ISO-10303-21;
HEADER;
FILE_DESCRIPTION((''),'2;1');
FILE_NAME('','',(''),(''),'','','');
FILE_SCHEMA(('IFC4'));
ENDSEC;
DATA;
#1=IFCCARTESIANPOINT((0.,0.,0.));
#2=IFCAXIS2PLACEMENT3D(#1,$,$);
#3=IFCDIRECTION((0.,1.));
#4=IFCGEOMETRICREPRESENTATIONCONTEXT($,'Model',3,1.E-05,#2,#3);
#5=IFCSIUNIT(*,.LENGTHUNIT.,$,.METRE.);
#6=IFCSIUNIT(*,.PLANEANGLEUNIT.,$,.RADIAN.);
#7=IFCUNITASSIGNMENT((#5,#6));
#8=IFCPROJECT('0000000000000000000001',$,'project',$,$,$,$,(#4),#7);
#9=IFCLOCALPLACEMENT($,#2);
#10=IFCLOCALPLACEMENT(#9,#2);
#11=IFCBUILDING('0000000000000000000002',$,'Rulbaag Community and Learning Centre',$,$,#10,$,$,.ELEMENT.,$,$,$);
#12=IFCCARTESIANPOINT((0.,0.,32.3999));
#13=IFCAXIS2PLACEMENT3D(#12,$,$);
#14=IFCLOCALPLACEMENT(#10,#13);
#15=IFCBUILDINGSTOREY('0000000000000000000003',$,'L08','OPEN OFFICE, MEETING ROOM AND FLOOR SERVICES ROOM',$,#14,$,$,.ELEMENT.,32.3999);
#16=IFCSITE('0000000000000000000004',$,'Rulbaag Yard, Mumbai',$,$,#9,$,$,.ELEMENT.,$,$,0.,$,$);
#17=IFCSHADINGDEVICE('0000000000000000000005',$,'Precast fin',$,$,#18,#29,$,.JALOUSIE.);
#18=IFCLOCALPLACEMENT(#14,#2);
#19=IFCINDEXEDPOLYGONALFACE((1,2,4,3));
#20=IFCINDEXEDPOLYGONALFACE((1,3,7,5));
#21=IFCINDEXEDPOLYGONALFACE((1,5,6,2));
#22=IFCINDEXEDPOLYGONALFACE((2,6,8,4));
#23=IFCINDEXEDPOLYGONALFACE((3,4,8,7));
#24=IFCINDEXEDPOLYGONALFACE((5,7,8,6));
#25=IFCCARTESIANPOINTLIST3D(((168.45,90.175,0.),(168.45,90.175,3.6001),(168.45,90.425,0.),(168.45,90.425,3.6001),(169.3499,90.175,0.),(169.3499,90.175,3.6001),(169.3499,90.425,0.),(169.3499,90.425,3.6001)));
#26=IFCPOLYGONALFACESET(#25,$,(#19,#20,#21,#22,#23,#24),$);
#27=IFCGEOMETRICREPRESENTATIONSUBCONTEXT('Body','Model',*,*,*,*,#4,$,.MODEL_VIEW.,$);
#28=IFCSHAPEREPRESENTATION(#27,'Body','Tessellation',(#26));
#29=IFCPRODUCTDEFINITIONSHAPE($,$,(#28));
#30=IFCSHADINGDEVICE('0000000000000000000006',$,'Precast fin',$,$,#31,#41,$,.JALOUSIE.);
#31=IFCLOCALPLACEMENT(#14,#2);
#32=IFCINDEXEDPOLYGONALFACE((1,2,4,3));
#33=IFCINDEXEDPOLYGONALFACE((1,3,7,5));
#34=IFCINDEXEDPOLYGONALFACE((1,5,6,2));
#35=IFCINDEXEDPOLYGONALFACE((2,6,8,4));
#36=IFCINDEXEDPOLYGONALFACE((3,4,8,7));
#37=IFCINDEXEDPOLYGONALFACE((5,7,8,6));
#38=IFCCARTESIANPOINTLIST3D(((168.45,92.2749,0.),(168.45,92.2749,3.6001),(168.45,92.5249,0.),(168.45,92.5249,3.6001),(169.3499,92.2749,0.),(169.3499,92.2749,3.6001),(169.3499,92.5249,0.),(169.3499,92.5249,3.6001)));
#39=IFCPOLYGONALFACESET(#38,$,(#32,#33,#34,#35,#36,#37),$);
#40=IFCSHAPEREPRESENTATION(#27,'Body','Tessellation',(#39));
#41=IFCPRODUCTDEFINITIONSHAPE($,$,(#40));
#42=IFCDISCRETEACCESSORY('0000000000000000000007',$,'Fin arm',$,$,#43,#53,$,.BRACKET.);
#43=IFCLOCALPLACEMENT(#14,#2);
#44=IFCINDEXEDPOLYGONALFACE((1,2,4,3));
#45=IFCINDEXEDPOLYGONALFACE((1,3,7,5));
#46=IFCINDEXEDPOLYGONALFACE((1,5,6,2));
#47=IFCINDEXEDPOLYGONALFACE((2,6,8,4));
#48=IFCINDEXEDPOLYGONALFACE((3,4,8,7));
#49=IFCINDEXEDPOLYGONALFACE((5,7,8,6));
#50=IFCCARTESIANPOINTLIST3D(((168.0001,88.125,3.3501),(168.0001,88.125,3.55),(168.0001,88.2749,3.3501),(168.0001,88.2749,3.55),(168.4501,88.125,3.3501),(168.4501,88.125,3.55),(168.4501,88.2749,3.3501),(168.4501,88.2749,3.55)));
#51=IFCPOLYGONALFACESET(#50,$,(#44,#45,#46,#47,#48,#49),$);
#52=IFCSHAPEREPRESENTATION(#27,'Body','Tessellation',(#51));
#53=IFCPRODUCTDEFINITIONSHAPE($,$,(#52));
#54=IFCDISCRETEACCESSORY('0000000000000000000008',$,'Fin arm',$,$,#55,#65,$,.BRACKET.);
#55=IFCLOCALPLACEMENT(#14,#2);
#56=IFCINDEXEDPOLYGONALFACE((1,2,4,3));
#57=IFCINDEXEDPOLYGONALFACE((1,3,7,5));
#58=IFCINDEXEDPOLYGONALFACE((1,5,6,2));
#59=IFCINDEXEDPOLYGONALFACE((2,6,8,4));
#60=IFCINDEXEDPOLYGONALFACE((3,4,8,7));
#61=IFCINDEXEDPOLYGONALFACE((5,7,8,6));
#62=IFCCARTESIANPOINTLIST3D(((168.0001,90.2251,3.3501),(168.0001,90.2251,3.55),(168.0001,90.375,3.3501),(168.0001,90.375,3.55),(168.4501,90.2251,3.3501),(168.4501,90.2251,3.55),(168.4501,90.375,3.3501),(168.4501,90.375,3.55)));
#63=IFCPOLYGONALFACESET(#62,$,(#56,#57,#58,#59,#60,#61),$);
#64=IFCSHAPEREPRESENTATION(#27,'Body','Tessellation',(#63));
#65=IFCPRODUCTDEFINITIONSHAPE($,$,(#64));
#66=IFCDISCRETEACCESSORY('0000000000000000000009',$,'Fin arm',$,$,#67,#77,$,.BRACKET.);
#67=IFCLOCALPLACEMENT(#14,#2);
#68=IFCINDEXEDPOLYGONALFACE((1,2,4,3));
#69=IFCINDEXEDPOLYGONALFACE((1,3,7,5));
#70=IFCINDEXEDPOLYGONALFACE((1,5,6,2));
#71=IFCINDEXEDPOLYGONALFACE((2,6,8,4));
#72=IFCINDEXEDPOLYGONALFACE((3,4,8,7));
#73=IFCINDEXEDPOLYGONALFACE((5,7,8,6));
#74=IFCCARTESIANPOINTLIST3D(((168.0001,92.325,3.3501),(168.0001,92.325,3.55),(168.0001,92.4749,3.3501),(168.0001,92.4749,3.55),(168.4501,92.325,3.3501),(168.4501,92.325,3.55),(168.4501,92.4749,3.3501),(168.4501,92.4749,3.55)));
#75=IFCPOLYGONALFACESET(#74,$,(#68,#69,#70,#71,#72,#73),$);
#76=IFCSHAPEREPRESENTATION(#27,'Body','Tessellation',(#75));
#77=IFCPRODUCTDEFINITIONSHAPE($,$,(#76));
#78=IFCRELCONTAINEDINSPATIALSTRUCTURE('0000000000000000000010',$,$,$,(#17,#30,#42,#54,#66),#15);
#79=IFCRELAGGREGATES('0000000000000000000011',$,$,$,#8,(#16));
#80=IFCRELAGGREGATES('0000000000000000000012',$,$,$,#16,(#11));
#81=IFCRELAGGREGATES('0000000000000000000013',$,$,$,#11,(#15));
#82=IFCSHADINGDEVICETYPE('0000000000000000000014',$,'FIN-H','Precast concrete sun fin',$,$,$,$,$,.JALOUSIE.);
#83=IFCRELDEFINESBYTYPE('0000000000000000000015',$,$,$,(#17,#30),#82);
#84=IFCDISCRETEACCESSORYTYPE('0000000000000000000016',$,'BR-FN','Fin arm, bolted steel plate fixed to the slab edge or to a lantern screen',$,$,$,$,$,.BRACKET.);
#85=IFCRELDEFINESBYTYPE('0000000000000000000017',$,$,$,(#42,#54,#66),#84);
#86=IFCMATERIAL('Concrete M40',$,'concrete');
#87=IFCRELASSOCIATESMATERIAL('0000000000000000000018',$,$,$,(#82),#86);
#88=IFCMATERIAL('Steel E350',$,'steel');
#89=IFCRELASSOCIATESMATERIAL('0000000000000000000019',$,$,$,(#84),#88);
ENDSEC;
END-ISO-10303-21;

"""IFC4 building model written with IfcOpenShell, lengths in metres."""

from ifc_helpers import new_model, si_unit, direction, frame, origin, origin_2d, place, context, subcontext, project, spatial, rectangle, extrude, material, material_profile, profile_set, type_object, element, save


model = new_model("IFC4")

# Units and contexts
model_context = context("Model", 3, precision=1e-05, world=origin(), true_north=direction((0.0, 1.0)))
body_context = subcontext(model_context, "Body", "Model", "MODEL_VIEW")
ifc_project = project(units=[si_unit("LENGTHUNIT", "METRE"), si_unit("PLANEANGLEUNIT", "RADIAN")], contexts=[model_context])

# Site, building, storey
site_placement = place(None, origin())
site = spatial("IfcSite", under=ifc_project, at=site_placement, Name="Rulbaag Yard, Mumbai", CompositionType="ELEMENT", RefElevation=0.0)
building_placement = place(site_placement, origin())
building = spatial("IfcBuilding", under=site, at=building_placement, Name="Rulbaag Community and Learning Centre", CompositionType="ELEMENT")
storey_placement = place(building_placement, frame((0.0, 0.0, 32.3999)))
storey = spatial("IfcBuildingStorey", under=building, at=storey_placement, Name="L08", Description="OPEN OFFICE, MEETING ROOM AND FLOOR SERVICES ROOM", CompositionType="ELEMENT", Elevation=32.3999)

# Shading devices
ifc_material_1 = material(Name="Concrete M40", Category="concrete")
ifc_material_profile_1 = material_profile(ifc_material_1, rectangle(XDim=0.25, YDim=0.8999, at=origin_2d()), Name="PC 250x900")
ifc_profile_set_1 = profile_set([ifc_material_profile_1], Name="Concrete M40")
shading_device_type = type_object("IfcShadingDeviceType", Name="FIN-H", Description="Precast concrete sun fin", PredefinedType="JALOUSIE", material=ifc_profile_set_1)
for number, where, z_axis, x_axis, name in (
    (1, (168.8999, 90.3, 0.0), (0.0, 0.0, 1.0), (0.0, 1.0, 0.0), "Precast fin"),
    (2, (168.8999, 92.3999, 0.0), (0.0, 0.0, 1.0), (0.0, 1.0, 0.0), "Precast fin"),
):
    element("IfcShadingDevice", number, at=place(storey_placement, frame(where, z_axis=z_axis, x_axis=x_axis)), inside=storey, type_object=shading_device_type, Name=name, PredefinedType="JALOUSIE", context=body_context, shape_type="SweptSolid", body=[
        extrude(rectangle(XDim=0.25, YDim=0.8999, at=origin_2d()), origin(), (0.0, 0.0, 1.0), 3.6001),
    ])

# Discrete accessories
ifc_material_2 = material(Name="Steel E350", Category="steel")
discrete_accessory_type = type_object("IfcDiscreteAccessoryType", Name="BR-FN", Description="Fin arm, bolted steel plate fixed to the slab edge or to a lantern screen", PredefinedType="BRACKET", material=ifc_material_2)
for number, where, z_axis, x_axis, name in (
    (3, (168.2251, 88.2, 3.3501), (0.0, 0.0, 1.0), (1.0, 0.0, 0.0), "Fin arm"),
    (4, (168.2251, 90.3, 3.3501), (0.0, 0.0, 1.0), (1.0, 0.0, 0.0), "Fin arm"),
    (5, (168.2251, 92.3999, 3.3501), (0.0, 0.0, 1.0), (1.0, 0.0, 0.0), "Fin arm"),
):
    element("IfcDiscreteAccessory", number, at=place(storey_placement, frame(where, z_axis=z_axis, x_axis=x_axis)), inside=storey, type_object=discrete_accessory_type, Name=name, PredefinedType="BRACKET", context=body_context, shape_type="SweptSolid", body=[
        extrude(rectangle(XDim=0.45, YDim=0.1499, at=origin_2d()), origin(), (0.0, 0.0, 1.0), 0.2),
    ])

save(model, "model.ifc")
